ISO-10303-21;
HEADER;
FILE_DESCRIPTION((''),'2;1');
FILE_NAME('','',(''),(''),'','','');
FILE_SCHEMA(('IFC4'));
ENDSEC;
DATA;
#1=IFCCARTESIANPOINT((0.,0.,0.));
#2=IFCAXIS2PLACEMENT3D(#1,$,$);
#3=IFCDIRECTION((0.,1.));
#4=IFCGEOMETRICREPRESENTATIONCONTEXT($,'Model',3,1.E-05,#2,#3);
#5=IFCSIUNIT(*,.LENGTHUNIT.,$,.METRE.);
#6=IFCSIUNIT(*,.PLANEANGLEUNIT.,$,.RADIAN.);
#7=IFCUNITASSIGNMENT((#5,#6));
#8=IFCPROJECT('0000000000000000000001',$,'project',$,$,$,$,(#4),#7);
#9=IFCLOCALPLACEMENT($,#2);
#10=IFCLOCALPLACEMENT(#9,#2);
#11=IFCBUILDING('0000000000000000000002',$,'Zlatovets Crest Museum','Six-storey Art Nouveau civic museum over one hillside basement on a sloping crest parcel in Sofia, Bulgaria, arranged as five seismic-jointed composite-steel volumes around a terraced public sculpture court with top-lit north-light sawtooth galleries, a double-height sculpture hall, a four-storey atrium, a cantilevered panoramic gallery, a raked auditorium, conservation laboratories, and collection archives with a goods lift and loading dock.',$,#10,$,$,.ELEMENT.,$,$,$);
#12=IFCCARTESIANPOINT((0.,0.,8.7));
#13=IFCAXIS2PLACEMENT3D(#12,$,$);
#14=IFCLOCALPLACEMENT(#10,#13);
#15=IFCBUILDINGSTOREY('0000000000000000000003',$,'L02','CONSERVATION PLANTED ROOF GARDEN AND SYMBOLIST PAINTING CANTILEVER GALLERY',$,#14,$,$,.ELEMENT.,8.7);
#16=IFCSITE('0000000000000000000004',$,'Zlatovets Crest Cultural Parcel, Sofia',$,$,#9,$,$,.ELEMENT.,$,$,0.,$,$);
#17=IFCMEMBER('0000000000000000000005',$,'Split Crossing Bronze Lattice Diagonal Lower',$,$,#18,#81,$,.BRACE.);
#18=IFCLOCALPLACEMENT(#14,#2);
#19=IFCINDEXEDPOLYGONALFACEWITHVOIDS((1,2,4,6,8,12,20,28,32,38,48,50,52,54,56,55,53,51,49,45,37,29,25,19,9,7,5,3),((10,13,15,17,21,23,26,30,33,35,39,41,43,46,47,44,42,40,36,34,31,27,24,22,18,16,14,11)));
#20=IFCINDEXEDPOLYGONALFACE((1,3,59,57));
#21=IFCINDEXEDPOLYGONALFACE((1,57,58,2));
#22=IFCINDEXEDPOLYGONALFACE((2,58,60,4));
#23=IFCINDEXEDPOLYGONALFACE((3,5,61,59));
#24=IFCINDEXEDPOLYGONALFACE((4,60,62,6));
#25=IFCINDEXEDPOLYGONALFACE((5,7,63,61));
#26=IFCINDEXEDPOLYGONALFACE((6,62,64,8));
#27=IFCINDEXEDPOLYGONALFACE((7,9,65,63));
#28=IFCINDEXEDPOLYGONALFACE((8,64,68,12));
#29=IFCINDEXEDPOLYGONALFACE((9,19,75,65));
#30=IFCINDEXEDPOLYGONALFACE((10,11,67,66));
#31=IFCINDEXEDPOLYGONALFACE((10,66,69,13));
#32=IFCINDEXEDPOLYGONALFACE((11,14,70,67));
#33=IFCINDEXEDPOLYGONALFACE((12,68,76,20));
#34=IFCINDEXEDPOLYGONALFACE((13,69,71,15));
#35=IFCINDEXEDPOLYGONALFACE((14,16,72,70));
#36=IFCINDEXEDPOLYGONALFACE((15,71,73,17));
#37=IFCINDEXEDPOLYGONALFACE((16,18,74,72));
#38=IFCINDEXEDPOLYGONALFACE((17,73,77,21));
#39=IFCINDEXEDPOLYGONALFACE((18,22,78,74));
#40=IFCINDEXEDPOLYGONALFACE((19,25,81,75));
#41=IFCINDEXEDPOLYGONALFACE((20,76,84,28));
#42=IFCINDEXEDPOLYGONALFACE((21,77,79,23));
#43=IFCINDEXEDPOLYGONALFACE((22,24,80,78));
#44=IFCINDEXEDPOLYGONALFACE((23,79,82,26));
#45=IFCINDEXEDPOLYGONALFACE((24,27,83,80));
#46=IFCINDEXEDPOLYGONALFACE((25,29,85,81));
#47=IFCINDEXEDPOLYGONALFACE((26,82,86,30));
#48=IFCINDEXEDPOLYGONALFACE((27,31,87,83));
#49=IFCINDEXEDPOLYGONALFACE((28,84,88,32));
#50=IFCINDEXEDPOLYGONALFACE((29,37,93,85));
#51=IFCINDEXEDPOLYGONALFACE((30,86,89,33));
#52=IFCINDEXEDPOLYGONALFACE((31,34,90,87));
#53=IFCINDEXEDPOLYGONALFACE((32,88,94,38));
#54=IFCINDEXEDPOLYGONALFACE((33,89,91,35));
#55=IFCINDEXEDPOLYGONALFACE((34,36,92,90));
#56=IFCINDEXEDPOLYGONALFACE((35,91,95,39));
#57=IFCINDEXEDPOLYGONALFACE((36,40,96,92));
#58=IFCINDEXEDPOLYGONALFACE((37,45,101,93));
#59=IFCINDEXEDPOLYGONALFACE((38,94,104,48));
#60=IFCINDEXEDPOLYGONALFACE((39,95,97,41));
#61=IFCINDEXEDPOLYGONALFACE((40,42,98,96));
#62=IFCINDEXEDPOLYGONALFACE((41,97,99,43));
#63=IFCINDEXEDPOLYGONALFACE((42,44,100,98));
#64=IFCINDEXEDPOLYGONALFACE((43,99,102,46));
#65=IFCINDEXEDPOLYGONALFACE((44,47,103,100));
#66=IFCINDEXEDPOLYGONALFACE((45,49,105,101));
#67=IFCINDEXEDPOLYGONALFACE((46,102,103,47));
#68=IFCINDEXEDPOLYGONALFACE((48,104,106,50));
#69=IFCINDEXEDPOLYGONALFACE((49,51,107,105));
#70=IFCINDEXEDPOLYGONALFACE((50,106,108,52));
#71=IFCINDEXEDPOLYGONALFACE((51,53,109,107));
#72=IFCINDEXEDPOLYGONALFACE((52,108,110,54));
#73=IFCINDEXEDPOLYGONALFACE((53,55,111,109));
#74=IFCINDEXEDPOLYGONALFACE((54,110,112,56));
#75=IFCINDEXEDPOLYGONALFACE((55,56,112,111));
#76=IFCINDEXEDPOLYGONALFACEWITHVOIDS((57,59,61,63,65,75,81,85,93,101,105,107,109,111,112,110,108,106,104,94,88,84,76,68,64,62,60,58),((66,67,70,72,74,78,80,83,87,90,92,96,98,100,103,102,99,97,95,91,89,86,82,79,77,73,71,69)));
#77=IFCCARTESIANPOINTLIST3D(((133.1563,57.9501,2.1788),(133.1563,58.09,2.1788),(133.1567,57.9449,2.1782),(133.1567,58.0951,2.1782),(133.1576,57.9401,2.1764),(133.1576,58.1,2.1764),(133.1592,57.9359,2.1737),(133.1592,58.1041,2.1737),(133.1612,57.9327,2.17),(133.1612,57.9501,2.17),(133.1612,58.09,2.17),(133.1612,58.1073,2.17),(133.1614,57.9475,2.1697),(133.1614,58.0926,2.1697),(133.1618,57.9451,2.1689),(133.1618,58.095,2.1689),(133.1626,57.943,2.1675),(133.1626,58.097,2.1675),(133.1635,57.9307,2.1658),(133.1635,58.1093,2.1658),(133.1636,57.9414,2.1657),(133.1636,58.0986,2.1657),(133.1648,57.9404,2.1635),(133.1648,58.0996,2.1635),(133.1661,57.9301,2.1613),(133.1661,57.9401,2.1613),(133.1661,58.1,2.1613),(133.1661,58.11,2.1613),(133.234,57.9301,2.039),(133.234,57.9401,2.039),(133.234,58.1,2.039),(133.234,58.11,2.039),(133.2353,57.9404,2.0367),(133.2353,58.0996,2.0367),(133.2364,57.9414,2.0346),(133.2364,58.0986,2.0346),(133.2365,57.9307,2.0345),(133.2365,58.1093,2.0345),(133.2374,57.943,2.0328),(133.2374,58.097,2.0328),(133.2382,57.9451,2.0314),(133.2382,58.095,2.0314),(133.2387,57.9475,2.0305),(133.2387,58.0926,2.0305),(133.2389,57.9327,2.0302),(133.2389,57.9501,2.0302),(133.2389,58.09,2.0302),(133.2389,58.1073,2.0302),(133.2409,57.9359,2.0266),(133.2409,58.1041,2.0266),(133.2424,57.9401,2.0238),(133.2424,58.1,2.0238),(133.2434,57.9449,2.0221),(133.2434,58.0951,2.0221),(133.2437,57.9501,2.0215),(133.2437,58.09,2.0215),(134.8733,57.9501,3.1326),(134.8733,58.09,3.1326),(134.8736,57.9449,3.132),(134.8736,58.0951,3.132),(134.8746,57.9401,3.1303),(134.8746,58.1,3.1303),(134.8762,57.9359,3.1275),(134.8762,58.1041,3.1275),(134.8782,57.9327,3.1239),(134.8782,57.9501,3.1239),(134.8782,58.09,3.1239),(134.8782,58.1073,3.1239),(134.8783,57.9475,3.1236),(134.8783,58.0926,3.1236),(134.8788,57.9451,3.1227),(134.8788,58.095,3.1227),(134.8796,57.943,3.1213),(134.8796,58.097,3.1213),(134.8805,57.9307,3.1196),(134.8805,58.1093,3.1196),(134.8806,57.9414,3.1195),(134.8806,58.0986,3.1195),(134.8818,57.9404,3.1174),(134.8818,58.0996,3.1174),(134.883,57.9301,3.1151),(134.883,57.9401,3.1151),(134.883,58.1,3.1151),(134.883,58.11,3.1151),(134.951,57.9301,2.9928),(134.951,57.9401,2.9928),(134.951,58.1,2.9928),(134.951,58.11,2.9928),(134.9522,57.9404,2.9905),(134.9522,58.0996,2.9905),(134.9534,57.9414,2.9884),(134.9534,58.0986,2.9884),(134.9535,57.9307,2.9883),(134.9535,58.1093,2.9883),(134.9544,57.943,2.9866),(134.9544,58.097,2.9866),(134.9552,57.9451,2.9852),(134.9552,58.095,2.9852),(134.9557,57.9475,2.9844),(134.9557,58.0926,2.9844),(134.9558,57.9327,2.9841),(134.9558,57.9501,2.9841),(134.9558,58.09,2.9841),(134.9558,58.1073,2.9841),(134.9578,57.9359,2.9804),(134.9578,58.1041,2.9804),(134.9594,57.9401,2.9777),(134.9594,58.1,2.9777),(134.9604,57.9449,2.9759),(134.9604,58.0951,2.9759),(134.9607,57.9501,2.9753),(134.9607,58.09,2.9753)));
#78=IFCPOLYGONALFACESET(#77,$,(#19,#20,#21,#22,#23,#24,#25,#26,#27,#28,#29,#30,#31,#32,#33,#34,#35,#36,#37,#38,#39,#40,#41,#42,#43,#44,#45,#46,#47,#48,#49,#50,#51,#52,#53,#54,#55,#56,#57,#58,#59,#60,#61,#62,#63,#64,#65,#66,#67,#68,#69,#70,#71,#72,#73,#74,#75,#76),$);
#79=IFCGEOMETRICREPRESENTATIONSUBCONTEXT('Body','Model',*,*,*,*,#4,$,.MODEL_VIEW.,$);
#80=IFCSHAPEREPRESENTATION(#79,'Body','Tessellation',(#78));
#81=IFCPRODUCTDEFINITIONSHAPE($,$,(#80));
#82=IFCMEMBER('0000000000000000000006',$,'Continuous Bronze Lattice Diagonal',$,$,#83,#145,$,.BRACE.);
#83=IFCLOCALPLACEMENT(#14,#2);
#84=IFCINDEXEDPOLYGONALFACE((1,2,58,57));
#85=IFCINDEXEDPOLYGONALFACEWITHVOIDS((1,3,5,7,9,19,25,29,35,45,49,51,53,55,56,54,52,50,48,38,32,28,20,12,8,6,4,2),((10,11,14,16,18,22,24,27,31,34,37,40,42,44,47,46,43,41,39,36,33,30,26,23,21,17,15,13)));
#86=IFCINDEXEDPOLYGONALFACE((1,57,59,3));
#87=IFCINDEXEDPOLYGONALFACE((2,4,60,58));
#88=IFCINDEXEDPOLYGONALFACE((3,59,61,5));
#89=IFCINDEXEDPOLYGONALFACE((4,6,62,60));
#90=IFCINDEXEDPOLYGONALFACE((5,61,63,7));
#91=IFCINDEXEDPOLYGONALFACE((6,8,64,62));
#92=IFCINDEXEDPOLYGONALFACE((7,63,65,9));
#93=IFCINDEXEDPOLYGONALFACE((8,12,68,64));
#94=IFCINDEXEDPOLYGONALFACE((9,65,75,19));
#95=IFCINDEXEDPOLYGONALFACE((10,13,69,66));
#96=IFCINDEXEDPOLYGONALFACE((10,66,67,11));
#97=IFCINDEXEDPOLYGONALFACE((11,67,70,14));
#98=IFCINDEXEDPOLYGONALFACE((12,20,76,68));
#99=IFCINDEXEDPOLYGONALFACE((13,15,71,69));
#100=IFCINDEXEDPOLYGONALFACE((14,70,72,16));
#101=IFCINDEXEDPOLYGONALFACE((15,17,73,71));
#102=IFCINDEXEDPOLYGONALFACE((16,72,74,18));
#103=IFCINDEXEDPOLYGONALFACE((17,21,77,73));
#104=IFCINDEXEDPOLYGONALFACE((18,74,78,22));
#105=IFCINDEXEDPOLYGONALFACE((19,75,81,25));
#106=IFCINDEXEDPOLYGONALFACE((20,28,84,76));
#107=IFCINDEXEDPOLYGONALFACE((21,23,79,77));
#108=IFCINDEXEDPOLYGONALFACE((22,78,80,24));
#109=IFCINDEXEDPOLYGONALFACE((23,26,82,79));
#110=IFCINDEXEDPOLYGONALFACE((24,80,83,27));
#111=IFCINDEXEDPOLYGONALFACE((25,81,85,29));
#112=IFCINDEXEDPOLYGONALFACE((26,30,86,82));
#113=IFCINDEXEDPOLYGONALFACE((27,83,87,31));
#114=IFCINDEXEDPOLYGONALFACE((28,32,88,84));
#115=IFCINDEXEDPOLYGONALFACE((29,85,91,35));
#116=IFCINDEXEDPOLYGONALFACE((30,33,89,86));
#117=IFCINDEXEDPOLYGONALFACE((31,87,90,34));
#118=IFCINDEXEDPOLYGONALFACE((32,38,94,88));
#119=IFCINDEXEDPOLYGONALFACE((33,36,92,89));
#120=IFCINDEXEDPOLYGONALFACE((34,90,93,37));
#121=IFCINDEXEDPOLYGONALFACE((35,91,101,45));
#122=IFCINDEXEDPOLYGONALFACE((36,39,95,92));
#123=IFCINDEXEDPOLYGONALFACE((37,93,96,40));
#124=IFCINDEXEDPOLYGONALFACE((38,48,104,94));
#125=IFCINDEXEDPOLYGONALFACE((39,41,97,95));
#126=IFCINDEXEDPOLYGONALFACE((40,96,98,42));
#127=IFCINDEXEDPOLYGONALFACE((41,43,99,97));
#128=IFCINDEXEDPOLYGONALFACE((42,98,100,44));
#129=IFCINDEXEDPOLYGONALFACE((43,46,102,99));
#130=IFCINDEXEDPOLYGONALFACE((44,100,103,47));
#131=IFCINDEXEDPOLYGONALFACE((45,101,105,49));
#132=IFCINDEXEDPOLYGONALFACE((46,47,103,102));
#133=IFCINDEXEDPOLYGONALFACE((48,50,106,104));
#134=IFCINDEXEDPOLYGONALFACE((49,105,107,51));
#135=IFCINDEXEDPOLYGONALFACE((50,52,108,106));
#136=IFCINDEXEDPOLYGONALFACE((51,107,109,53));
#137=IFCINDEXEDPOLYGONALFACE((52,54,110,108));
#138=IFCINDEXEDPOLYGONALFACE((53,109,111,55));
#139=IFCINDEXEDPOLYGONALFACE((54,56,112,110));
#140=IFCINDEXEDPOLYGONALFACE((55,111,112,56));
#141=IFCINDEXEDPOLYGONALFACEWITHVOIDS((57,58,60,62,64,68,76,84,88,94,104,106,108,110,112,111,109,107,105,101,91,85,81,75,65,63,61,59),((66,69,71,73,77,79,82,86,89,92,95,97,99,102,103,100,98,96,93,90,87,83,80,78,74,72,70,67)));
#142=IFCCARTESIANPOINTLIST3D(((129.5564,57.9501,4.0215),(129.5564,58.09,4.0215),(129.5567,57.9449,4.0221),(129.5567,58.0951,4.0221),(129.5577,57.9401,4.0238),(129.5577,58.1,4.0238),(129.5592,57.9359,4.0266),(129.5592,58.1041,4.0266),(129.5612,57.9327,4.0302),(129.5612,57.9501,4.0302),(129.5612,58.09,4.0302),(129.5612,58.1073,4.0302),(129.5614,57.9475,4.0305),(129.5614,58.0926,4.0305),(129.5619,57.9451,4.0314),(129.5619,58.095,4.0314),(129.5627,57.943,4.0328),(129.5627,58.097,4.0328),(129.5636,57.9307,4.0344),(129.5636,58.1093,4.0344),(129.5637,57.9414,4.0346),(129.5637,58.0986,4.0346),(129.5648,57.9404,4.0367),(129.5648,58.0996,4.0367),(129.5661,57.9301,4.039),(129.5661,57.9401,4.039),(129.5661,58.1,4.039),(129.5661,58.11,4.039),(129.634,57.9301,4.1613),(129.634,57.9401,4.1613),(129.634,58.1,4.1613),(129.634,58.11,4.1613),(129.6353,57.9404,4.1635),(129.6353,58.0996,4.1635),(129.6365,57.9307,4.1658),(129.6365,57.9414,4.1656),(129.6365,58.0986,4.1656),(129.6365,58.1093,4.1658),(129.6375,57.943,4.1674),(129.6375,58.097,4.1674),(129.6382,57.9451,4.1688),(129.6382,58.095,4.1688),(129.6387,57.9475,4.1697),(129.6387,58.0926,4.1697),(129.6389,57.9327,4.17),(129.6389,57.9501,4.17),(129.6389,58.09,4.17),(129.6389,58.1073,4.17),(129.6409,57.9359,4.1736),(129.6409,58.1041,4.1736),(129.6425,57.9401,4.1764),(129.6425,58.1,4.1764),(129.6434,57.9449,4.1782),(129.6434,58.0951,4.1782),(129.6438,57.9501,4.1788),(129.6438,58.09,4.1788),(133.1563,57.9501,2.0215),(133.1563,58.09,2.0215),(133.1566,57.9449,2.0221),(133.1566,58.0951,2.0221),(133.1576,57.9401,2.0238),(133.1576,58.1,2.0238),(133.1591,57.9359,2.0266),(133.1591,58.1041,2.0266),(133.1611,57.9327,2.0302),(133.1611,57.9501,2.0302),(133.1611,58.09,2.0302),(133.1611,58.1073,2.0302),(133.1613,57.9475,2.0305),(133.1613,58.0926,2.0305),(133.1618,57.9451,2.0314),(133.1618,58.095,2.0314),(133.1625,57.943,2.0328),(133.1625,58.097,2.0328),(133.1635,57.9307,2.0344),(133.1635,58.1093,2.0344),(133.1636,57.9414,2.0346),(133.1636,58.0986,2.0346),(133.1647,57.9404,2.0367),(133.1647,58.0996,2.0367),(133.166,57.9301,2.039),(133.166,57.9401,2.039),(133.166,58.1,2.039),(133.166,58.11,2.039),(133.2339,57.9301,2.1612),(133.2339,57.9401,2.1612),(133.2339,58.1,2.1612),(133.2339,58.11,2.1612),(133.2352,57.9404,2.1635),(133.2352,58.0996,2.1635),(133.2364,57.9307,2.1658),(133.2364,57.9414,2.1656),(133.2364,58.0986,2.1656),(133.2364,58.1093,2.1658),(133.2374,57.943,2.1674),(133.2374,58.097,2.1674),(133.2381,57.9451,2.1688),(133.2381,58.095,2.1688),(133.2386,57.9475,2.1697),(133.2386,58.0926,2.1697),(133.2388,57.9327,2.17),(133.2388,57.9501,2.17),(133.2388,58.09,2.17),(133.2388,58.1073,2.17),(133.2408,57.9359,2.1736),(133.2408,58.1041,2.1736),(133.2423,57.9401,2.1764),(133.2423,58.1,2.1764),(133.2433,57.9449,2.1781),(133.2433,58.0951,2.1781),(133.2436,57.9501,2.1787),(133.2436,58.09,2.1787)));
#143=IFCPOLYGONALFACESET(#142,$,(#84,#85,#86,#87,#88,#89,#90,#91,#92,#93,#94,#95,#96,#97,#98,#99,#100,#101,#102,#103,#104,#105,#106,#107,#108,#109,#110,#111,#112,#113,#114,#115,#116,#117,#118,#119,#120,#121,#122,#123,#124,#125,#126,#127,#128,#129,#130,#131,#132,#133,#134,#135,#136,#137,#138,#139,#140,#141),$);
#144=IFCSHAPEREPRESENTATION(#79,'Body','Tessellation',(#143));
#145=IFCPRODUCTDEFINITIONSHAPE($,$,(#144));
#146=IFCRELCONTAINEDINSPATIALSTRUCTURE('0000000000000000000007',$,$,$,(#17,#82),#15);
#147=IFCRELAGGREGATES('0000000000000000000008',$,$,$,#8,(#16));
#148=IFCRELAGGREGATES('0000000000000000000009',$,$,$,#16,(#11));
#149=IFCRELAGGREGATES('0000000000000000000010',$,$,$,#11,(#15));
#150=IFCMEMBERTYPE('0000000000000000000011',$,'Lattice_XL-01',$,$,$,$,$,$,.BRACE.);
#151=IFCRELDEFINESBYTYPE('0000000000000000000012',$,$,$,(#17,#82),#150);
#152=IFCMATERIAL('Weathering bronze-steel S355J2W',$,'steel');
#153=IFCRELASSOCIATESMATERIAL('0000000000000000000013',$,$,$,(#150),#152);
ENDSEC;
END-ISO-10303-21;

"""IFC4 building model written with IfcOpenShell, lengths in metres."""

from ifc_helpers import new_model, si_unit, direction, frame, origin, origin_2d, place, context, subcontext, project, spatial, hollow_rectangle, extrude, material, material_profile, profile_set, type_object, element, save


model = new_model("IFC4")

# Units and contexts
model_context = context("Model", 3, precision=1e-05, world=origin(), true_north=direction((0.0, 1.0)))
body_context = subcontext(model_context, "Body", "Model", "MODEL_VIEW")
ifc_project = project(units=[si_unit("LENGTHUNIT", "METRE"), si_unit("PLANEANGLEUNIT", "RADIAN")], contexts=[model_context])

# Site, building, storey
site_placement = place(None, origin())
site = spatial("IfcSite", under=ifc_project, at=site_placement, Name="Zlatovets Crest Cultural Parcel, Sofia", CompositionType="ELEMENT", RefElevation=0.0)
building_placement = place(site_placement, origin())
building = spatial("IfcBuilding", under=site, at=building_placement, Name="Zlatovets Crest Museum", Description="Six-storey Art Nouveau civic museum over one hillside basement on a sloping crest parcel in Sofia, Bulgaria, arranged as five seismic-jointed composite-steel volumes around a terraced public sculpture court with top-lit north-light sawtooth galleries, a double-height sculpture hall, a four-storey atrium, a cantilevered panoramic gallery, a raked auditorium, conservation laboratories, and collection archives with a goods lift and loading dock.", CompositionType="ELEMENT")
storey_placement = place(building_placement, frame((0.0, 0.0, 8.7)))
storey = spatial("IfcBuildingStorey", under=building, at=storey_placement, Name="L02", Description="CONSERVATION PLANTED ROOF GARDEN AND SYMBOLIST PAINTING CANTILEVER GALLERY", CompositionType="ELEMENT", Elevation=8.7)

# Members
ifc_material_1 = material(Name="Weathering bronze-steel S355J2W", Category="steel")
ifc_material_profile_1 = material_profile(ifc_material_1, hollow_rectangle(XDim=0.1799, YDim=0.1799, WallThickness=0.01, InnerFilletRadius=0.01, OuterFilletRadius=0.02, at=origin_2d()), Name="SHS 180x180x10.0")
ifc_profile_set_1 = profile_set([ifc_material_profile_1], Name="Weathering bronze-steel S355J2W")
member_type_1 = type_object("IfcMemberType", Name="Lattice_XL-01", PredefinedType="BRACE", material=ifc_profile_set_1)
for number, where, z_axis, x_axis, name in (
    (1, (134.917, 58.02, 3.054), (-0.874169, 0.0, -0.485622), (0.0, -1.0, 0.0), "Split Crossing Bronze Lattice Diagonal Lower"),
):
    element("IfcMember", number, at=place(storey_placement, frame(where, z_axis=z_axis, x_axis=x_axis)), inside=storey, type_object=member_type_1, Name=name, PredefinedType="BRACE", context=body_context, shape_type="SweptSolid", body=[
        extrude(hollow_rectangle(XDim=0.1799, YDim=0.1799, WallThickness=0.01, InnerFilletRadius=0.01, OuterFilletRadius=0.02, at=origin_2d()), origin(), (0.0, 0.0, 1.0), 1.9641),
    ])
member_1_placement = place(storey_placement, frame((133.2, 58.02, 2.1001), z_axis=(-0.874149, 0.0, 0.485658), x_axis=(0.0, -1.0, 0.0)))
element("IfcMember", 2, at=member_1_placement, inside=storey, type_object=member_type_1, Name="Continuous Bronze Lattice Diagonal", PredefinedType="BRACE", context=body_context, shape_type="SweptSolid", body=[
    extrude(hollow_rectangle(XDim=0.1799, YDim=0.1799, WallThickness=0.01, InnerFilletRadius=0.01, OuterFilletRadius=0.02, at=origin_2d()), origin(), (0.0, 0.0, 1.0), 4.1182),
])

save(model, "model.ifc")
